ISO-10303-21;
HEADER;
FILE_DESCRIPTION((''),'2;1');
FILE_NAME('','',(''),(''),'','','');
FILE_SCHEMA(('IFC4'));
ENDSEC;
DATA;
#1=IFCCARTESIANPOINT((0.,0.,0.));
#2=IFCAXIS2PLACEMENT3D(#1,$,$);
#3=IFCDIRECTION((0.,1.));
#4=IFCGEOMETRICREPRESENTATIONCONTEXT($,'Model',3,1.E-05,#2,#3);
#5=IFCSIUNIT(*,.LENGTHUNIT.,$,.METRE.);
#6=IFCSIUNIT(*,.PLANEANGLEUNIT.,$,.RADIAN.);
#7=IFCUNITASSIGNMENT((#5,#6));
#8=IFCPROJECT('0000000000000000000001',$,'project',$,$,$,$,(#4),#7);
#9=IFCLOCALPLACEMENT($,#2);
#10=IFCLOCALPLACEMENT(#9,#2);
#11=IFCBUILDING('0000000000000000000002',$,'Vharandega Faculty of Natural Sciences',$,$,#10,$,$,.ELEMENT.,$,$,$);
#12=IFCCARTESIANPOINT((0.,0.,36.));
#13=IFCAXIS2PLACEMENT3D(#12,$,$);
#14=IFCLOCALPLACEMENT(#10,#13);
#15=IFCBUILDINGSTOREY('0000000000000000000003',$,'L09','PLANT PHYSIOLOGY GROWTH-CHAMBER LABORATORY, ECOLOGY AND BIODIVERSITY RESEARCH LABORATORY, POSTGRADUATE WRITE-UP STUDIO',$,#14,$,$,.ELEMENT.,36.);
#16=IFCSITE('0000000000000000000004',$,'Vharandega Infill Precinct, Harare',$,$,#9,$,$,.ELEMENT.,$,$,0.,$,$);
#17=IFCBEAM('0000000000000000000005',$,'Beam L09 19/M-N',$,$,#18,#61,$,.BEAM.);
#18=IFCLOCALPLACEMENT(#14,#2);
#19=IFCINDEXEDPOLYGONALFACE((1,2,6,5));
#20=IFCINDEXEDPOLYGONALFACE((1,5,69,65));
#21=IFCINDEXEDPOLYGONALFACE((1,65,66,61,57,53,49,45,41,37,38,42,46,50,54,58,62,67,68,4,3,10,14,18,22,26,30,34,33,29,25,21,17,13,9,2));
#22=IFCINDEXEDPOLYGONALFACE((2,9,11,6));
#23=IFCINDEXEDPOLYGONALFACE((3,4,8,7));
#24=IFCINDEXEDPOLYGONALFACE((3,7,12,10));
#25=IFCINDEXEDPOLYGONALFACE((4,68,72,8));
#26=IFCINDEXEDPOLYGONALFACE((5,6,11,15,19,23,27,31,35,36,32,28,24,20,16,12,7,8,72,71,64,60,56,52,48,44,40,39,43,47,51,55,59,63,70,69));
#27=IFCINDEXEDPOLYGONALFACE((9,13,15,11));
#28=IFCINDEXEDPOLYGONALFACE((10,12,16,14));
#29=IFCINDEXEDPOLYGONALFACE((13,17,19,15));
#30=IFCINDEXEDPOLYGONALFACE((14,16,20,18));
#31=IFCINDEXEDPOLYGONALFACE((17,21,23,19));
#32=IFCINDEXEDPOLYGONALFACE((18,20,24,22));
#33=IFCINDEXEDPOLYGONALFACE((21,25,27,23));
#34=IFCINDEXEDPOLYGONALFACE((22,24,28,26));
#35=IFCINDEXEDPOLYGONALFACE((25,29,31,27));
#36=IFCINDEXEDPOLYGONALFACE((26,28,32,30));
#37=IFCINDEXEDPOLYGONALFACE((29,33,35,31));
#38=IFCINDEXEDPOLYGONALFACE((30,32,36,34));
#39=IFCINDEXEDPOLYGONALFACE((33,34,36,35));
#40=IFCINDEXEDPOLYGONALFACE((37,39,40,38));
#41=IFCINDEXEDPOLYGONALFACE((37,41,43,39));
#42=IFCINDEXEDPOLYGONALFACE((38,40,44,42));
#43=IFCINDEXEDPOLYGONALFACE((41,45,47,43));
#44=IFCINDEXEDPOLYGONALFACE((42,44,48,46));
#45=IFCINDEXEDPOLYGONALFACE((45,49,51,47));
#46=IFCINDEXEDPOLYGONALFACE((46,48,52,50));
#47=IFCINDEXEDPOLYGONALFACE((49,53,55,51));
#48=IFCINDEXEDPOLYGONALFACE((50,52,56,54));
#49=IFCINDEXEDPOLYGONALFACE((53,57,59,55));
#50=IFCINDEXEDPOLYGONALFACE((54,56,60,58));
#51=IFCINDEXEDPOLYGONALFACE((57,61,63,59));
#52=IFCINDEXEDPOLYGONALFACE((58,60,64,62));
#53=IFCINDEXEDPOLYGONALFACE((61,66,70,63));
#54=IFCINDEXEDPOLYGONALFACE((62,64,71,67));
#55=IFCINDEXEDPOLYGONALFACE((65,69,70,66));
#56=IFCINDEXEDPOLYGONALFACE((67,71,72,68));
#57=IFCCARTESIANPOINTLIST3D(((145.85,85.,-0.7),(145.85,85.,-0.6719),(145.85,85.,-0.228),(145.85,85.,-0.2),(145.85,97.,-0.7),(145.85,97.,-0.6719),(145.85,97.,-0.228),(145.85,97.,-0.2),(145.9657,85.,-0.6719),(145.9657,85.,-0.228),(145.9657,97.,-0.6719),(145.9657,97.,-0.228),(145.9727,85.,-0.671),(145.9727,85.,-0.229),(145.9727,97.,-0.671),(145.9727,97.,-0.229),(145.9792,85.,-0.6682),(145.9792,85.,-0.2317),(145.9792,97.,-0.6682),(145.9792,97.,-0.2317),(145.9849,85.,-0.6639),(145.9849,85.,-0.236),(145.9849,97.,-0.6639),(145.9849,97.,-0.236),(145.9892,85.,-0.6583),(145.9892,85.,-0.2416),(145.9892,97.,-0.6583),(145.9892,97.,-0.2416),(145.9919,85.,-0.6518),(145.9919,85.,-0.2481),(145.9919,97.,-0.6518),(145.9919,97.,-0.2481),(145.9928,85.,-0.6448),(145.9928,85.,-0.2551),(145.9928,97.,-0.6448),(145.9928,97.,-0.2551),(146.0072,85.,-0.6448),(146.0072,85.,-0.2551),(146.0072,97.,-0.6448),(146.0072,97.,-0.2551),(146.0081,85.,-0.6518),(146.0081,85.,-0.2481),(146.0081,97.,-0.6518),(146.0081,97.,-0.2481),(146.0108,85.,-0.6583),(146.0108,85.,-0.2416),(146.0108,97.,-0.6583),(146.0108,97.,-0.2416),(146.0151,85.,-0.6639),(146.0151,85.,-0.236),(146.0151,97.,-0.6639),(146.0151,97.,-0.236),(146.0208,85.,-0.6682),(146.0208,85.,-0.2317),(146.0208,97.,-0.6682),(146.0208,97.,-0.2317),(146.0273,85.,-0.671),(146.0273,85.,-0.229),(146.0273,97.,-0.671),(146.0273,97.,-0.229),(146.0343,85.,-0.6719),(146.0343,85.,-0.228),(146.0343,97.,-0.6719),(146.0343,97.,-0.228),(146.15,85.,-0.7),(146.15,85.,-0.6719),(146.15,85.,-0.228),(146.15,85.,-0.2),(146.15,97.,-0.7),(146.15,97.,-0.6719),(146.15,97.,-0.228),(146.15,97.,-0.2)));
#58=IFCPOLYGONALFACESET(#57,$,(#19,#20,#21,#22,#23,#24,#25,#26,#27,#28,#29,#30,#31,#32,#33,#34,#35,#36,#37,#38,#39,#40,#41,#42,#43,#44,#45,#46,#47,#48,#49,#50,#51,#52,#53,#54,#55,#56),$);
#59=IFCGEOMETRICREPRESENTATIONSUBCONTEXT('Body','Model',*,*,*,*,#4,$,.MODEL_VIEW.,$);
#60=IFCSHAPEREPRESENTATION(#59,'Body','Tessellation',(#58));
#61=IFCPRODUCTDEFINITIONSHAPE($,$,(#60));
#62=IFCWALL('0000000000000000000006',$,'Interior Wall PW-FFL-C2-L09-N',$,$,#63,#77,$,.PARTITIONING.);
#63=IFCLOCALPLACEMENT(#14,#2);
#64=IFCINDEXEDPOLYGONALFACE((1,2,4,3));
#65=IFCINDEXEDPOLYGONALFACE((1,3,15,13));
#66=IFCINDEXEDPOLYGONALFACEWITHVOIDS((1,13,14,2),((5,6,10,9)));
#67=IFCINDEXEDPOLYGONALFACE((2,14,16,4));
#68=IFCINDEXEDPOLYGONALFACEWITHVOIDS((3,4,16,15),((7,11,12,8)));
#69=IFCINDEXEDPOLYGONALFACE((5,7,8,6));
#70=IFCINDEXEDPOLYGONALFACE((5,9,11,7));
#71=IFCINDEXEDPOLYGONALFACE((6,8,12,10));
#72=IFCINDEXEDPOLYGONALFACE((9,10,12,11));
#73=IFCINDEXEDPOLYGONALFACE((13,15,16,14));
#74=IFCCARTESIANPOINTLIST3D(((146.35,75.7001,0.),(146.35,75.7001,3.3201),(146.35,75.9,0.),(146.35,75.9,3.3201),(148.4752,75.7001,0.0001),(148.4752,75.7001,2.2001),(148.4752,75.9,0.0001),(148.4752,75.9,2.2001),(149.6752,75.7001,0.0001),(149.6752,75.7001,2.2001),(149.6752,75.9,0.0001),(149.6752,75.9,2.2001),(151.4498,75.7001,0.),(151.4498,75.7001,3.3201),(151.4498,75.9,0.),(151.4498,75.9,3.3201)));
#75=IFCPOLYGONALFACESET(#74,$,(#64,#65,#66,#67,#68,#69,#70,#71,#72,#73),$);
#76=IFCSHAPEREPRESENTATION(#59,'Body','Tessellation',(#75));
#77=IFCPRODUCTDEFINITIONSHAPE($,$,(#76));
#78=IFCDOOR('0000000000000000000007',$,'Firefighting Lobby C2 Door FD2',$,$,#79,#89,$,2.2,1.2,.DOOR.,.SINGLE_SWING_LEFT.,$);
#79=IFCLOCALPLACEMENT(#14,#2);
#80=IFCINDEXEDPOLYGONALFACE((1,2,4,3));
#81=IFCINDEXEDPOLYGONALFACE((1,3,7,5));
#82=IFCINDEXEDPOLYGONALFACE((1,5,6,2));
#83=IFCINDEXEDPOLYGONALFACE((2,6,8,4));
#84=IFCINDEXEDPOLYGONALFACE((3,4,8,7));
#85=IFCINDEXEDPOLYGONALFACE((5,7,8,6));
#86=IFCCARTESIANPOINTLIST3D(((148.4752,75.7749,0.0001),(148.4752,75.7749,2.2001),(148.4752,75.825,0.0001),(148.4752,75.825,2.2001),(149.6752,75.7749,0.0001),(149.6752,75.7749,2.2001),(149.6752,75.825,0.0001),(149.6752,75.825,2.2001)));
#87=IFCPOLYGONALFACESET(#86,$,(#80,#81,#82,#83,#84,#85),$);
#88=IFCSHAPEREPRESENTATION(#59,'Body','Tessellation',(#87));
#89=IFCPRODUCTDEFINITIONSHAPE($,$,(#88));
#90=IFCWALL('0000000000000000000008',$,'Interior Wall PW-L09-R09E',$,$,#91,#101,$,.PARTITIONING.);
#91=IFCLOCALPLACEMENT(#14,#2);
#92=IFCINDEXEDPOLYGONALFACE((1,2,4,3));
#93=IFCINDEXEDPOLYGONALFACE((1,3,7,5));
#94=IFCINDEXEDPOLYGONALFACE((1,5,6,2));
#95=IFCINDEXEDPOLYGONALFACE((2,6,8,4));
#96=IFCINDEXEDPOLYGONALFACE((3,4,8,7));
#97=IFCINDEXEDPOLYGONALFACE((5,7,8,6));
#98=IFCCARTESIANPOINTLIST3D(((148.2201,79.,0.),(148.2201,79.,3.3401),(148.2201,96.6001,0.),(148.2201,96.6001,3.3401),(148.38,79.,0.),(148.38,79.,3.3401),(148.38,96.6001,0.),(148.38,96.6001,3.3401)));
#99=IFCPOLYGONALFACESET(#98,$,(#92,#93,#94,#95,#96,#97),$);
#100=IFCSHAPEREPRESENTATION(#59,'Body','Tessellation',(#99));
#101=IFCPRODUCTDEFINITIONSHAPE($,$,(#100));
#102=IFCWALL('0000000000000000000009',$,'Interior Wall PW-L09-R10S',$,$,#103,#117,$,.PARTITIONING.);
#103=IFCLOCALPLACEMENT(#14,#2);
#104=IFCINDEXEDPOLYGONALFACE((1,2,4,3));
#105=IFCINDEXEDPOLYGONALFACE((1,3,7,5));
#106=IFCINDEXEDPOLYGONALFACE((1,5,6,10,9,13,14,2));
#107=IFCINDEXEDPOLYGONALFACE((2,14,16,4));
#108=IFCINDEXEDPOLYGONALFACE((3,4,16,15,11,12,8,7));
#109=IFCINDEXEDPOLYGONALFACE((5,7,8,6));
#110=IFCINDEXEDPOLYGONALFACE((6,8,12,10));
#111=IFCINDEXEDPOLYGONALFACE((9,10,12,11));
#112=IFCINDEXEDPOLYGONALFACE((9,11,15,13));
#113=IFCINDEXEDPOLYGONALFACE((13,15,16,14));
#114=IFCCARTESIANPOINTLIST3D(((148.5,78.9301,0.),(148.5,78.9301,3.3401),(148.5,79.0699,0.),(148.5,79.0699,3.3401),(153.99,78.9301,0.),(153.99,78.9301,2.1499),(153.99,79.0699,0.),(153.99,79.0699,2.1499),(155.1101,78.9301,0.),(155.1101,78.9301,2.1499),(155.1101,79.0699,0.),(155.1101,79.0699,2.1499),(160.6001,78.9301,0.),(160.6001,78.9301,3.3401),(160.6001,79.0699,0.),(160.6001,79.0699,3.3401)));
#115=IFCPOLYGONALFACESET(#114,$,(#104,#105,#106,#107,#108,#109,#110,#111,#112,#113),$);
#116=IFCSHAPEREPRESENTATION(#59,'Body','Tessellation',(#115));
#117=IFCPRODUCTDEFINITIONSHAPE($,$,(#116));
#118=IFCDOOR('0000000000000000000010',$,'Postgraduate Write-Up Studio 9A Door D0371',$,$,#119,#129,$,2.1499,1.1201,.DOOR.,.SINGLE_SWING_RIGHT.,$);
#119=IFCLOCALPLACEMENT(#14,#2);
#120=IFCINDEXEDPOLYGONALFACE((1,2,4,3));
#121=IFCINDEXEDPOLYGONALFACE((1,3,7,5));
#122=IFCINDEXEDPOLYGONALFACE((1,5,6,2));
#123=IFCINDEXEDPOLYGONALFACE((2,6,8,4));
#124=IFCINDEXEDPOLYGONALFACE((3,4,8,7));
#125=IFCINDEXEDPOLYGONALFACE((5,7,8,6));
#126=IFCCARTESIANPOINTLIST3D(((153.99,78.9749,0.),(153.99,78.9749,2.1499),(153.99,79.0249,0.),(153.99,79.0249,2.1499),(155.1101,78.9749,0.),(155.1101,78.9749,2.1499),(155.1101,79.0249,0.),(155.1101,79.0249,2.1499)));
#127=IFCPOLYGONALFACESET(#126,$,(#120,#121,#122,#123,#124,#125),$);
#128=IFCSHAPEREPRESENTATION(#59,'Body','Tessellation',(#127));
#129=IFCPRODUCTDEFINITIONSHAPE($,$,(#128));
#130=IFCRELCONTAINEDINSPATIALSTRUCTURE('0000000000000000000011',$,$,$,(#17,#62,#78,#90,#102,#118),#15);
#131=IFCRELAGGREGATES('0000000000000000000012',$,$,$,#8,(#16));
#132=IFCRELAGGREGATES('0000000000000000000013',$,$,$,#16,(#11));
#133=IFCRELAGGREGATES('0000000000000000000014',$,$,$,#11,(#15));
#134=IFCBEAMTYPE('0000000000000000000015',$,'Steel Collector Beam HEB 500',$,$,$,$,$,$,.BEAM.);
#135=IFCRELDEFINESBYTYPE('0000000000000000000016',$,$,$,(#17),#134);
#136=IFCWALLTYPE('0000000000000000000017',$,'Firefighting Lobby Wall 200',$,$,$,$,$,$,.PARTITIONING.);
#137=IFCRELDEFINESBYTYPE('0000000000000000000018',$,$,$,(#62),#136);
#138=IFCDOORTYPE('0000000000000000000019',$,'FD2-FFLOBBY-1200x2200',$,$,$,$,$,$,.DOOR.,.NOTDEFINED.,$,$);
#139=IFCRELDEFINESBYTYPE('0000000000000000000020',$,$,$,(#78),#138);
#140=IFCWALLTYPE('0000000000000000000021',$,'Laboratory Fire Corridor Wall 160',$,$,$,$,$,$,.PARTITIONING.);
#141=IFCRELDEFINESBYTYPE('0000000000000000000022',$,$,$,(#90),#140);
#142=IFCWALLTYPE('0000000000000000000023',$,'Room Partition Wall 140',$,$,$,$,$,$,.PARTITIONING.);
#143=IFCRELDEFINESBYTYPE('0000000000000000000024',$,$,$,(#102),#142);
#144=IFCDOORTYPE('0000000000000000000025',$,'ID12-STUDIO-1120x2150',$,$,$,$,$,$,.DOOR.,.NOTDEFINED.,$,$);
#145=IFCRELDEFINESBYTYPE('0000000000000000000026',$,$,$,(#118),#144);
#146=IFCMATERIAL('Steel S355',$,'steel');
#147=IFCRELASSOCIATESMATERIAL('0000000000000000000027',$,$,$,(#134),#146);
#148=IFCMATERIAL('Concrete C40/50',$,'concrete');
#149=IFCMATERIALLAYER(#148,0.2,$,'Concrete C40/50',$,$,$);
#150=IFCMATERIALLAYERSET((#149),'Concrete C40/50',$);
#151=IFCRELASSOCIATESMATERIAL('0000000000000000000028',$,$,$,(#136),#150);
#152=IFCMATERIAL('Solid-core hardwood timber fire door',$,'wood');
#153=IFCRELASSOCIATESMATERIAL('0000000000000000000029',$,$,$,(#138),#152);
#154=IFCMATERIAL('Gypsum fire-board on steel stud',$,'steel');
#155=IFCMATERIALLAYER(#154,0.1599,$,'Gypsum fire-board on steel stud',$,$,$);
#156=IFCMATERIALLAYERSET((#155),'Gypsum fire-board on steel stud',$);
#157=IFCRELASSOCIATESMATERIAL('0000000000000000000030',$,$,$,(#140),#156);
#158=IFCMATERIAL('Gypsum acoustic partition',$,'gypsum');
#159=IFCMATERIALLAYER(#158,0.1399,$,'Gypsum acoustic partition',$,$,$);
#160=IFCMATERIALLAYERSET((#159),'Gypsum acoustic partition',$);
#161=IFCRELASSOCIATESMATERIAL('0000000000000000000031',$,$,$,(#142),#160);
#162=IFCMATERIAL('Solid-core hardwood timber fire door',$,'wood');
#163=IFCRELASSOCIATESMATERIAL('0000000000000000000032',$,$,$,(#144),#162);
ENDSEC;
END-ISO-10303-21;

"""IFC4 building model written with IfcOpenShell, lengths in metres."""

from ifc_helpers import new_model, si_unit, direction, frame, frame_2d, origin, origin_2d, place, context, subcontext, project, spatial, rectangle, i_section, extrude, material, layer, layer_set, material_profile, profile_set, type_object, element, fill, save


model = new_model("IFC4")

# Units and contexts
model_context = context("Model", 3, precision=1e-05, world=origin(), true_north=direction((0.0, 1.0)))
body_context = subcontext(model_context, "Body", "Model", "MODEL_VIEW")
ifc_project = project(units=[si_unit("LENGTHUNIT", "METRE"), si_unit("PLANEANGLEUNIT", "RADIAN")], contexts=[model_context])

# Site, building, storey
site_placement = place(None, origin())
site = spatial("IfcSite", under=ifc_project, at=site_placement, Name="Vharandega Infill Precinct, Harare", CompositionType="ELEMENT", RefElevation=0.0)
building_placement = place(site_placement, origin())
building = spatial("IfcBuilding", under=site, at=building_placement, Name="Vharandega Faculty of Natural Sciences", CompositionType="ELEMENT")
storey_placement = place(building_placement, frame((0.0, 0.0, 36.0)))
storey = spatial("IfcBuildingStorey", under=building, at=storey_placement, Name="L09", Description="PLANT PHYSIOLOGY GROWTH-CHAMBER LABORATORY, ECOLOGY AND BIODIVERSITY RESEARCH LABORATORY, POSTGRADUATE WRITE-UP STUDIO", CompositionType="ELEMENT", Elevation=36.0)

# Beam
ifc_material_1 = material(Name="Steel S355", Category="steel")
ifc_material_profile_1 = material_profile(ifc_material_1, i_section(OverallWidth=0.3, OverallDepth=0.5, WebThickness=0.0144, FlangeThickness=0.0281, FilletRadius=0.0271, at=origin_2d()), Name="HEB 500")
ifc_profile_set_1 = profile_set([ifc_material_profile_1], Name="Steel S355")
beam_type_1 = type_object("IfcBeamType", Name="Steel Collector Beam HEB 500", PredefinedType="BEAM", material=ifc_profile_set_1)
for number, where, z_axis, x_axis, name in (
    (1, (146.0, 85.0, -0.45), (0.0, 1.0, 0.0), (-1.0, 0.0, 0.0), "Beam L09 19/M-N"),
):
    element("IfcBeam", number, at=place(storey_placement, frame(where, z_axis=z_axis, x_axis=x_axis)), inside=storey, type_object=beam_type_1, Name=name, PredefinedType="BEAM", context=body_context, shape_type="SweptSolid", body=[
        extrude(i_section(OverallWidth=0.3, OverallDepth=0.5, WebThickness=0.0144, FlangeThickness=0.0281, FilletRadius=0.0271, at=origin_2d()), origin(), (0.0, 0.0, 1.0), 12.0),
    ])

# Wall, opening, door
ifc_material_2 = material(Name="Concrete C40/50", Category="concrete")
ifc_layer_1 = layer(ifc_material_2, 0.2, Name="Concrete C40/50")
ifc_layer_set_1 = layer_set([ifc_layer_1], Name="Concrete C40/50")
wall_type_1 = type_object("IfcWallType", Name="Firefighting Lobby Wall 200", PredefinedType="PARTITIONING", material=ifc_layer_set_1)
wall_1_placement = place(storey_placement, frame((146.3501, 75.8, 0.0), z_axis=(0.0, 0.0, 1.0), x_axis=(1.0, 0.0, 0.0)))
wall_1 = element("IfcWall", 2, at=wall_1_placement, inside=storey, type_object=wall_type_1, Name="Interior Wall PW-FFL-C2-L09-N", PredefinedType="PARTITIONING", context=body_context, shape_type="SweptSolid", body=[
    extrude(rectangle(XDim=5.0999, YDim=0.2, at=frame_2d((2.5498, 0.0))), origin(), (0.0, 0.0, 1.0), 3.3201),
])
opening_1_placement = place(wall_1_placement, frame((2.125, 0.0, 0.0)))
opening_1 = element("IfcOpeningElement", 3, at=opening_1_placement, cuts=wall_1, PredefinedType="OPENING", context=body_context, shape_type="SweptSolid", body=[
    extrude(rectangle(XDim=1.2, YDim=2.2, at=frame_2d((0.6001, 1.1001))), frame((0.0, 0.1099, 0.0), z_axis=(0.0, -1.0, 0.0), x_axis=(1.0, 0.0, 0.0)), (0.0, 0.0, 1.0), 0.22),
])
ifc_material_3 = material(Name="Solid-core hardwood timber fire door", Category="wood")
door_type_1 = type_object("IfcDoorType", Name="FD2-FFLOBBY-1200x2200", OperationType="NOTDEFINED", PredefinedType="DOOR", material=ifc_material_3)
door_1_placement = place(opening_1_placement, origin())
door_1 = element("IfcDoor", 4, at=door_1_placement, inside=storey, type_object=door_type_1, Name="Firefighting Lobby C2 Door FD2", OperationType="SINGLE_SWING_LEFT", OverallHeight=2.2, OverallWidth=1.2, PredefinedType="DOOR", context=body_context, shape_type="SweptSolid", body=[
    extrude(rectangle(XDim=1.2, YDim=2.2, at=frame_2d((0.6001, 1.1001))), frame((0.0, 0.0249, 0.0), z_axis=(0.0, -1.0, 0.0), x_axis=(1.0, 0.0, 0.0)), (0.0, 0.0, 1.0), 0.05),
])
fill(opening_1, door_1)

# Wall
ifc_material_4 = material(Name="Gypsum fire-board on steel stud", Category="steel")
ifc_layer_2 = layer(ifc_material_4, 0.1599, Name="Gypsum fire-board on steel stud")
ifc_layer_set_2 = layer_set([ifc_layer_2], Name="Gypsum fire-board on steel stud")
wall_type_2 = type_object("IfcWallType", Name="Laboratory Fire Corridor Wall 160", PredefinedType="PARTITIONING", material=ifc_layer_set_2)
wall_2_placement = place(storey_placement, frame((148.3, 79.0, 0.0), z_axis=(0.0, 0.0, 1.0), x_axis=(0.0, 1.0, 0.0)))
element("IfcWall", 5, at=wall_2_placement, inside=storey, type_object=wall_type_2, Name="Interior Wall PW-L09-R09E", PredefinedType="PARTITIONING", context=body_context, shape_type="SweptSolid", body=[
    extrude(rectangle(XDim=17.6001, YDim=0.1599, at=frame_2d((8.8, 0.0))), origin(), (0.0, 0.0, 1.0), 3.3401),
])

# Wall, opening, door
ifc_material_5 = material(Name="Gypsum acoustic partition", Category="gypsum")
ifc_layer_3 = layer(ifc_material_5, 0.1399, Name="Gypsum acoustic partition")
ifc_layer_set_3 = layer_set([ifc_layer_3], Name="Gypsum acoustic partition")
wall_type_3 = type_object("IfcWallType", Name="Room Partition Wall 140", PredefinedType="PARTITIONING", material=ifc_layer_set_3)
wall_3_placement = place(storey_placement, frame((148.5, 79.0, 0.0), z_axis=(0.0, 0.0, 1.0), x_axis=(1.0, 0.0, 0.0)))
wall_3 = element("IfcWall", 6, at=wall_3_placement, inside=storey, type_object=wall_type_3, Name="Interior Wall PW-L09-R10S", PredefinedType="PARTITIONING", context=body_context, shape_type="SweptSolid", body=[
    extrude(rectangle(XDim=12.1001, YDim=0.1399, at=frame_2d((6.05, 0.0))), origin(), (0.0, 0.0, 1.0), 3.3401),
])
opening_2_placement = place(wall_3_placement, frame((5.49, 0.0, 0.0)))
opening_2 = element("IfcOpeningElement", 7, at=opening_2_placement, cuts=wall_3, PredefinedType="OPENING", context=body_context, shape_type="SweptSolid", body=[
    extrude(rectangle(XDim=1.1201, YDim=2.1499, at=frame_2d((0.5601, 1.075))), frame((0.0, 0.0801, 0.0), z_axis=(0.0, -1.0, 0.0), x_axis=(1.0, 0.0, 0.0)), (0.0, 0.0, 1.0), 0.1599),
])
ifc_material_6 = material(Name="Solid-core hardwood timber fire door", Category="wood")
door_type_2 = type_object("IfcDoorType", Name="ID12-STUDIO-1120x2150", OperationType="NOTDEFINED", PredefinedType="DOOR", material=ifc_material_6)
door_2_placement = place(opening_2_placement, origin())
door_2 = element("IfcDoor", 8, at=door_2_placement, inside=storey, type_object=door_type_2, Name="Postgraduate Write-Up Studio 9A Door D0371", OperationType="SINGLE_SWING_RIGHT", OverallHeight=2.1499, OverallWidth=1.1201, PredefinedType="DOOR", context=body_context, shape_type="SweptSolid", body=[
    extrude(rectangle(XDim=1.1201, YDim=2.1499, at=frame_2d((0.5601, 1.075))), frame((0.0, 0.0249, 0.0), z_axis=(0.0, -1.0, 0.0), x_axis=(1.0, 0.0, 0.0)), (0.0, 0.0, 1.0), 0.05),
])
fill(opening_2, door_2)

save(model, "model.ifc")
